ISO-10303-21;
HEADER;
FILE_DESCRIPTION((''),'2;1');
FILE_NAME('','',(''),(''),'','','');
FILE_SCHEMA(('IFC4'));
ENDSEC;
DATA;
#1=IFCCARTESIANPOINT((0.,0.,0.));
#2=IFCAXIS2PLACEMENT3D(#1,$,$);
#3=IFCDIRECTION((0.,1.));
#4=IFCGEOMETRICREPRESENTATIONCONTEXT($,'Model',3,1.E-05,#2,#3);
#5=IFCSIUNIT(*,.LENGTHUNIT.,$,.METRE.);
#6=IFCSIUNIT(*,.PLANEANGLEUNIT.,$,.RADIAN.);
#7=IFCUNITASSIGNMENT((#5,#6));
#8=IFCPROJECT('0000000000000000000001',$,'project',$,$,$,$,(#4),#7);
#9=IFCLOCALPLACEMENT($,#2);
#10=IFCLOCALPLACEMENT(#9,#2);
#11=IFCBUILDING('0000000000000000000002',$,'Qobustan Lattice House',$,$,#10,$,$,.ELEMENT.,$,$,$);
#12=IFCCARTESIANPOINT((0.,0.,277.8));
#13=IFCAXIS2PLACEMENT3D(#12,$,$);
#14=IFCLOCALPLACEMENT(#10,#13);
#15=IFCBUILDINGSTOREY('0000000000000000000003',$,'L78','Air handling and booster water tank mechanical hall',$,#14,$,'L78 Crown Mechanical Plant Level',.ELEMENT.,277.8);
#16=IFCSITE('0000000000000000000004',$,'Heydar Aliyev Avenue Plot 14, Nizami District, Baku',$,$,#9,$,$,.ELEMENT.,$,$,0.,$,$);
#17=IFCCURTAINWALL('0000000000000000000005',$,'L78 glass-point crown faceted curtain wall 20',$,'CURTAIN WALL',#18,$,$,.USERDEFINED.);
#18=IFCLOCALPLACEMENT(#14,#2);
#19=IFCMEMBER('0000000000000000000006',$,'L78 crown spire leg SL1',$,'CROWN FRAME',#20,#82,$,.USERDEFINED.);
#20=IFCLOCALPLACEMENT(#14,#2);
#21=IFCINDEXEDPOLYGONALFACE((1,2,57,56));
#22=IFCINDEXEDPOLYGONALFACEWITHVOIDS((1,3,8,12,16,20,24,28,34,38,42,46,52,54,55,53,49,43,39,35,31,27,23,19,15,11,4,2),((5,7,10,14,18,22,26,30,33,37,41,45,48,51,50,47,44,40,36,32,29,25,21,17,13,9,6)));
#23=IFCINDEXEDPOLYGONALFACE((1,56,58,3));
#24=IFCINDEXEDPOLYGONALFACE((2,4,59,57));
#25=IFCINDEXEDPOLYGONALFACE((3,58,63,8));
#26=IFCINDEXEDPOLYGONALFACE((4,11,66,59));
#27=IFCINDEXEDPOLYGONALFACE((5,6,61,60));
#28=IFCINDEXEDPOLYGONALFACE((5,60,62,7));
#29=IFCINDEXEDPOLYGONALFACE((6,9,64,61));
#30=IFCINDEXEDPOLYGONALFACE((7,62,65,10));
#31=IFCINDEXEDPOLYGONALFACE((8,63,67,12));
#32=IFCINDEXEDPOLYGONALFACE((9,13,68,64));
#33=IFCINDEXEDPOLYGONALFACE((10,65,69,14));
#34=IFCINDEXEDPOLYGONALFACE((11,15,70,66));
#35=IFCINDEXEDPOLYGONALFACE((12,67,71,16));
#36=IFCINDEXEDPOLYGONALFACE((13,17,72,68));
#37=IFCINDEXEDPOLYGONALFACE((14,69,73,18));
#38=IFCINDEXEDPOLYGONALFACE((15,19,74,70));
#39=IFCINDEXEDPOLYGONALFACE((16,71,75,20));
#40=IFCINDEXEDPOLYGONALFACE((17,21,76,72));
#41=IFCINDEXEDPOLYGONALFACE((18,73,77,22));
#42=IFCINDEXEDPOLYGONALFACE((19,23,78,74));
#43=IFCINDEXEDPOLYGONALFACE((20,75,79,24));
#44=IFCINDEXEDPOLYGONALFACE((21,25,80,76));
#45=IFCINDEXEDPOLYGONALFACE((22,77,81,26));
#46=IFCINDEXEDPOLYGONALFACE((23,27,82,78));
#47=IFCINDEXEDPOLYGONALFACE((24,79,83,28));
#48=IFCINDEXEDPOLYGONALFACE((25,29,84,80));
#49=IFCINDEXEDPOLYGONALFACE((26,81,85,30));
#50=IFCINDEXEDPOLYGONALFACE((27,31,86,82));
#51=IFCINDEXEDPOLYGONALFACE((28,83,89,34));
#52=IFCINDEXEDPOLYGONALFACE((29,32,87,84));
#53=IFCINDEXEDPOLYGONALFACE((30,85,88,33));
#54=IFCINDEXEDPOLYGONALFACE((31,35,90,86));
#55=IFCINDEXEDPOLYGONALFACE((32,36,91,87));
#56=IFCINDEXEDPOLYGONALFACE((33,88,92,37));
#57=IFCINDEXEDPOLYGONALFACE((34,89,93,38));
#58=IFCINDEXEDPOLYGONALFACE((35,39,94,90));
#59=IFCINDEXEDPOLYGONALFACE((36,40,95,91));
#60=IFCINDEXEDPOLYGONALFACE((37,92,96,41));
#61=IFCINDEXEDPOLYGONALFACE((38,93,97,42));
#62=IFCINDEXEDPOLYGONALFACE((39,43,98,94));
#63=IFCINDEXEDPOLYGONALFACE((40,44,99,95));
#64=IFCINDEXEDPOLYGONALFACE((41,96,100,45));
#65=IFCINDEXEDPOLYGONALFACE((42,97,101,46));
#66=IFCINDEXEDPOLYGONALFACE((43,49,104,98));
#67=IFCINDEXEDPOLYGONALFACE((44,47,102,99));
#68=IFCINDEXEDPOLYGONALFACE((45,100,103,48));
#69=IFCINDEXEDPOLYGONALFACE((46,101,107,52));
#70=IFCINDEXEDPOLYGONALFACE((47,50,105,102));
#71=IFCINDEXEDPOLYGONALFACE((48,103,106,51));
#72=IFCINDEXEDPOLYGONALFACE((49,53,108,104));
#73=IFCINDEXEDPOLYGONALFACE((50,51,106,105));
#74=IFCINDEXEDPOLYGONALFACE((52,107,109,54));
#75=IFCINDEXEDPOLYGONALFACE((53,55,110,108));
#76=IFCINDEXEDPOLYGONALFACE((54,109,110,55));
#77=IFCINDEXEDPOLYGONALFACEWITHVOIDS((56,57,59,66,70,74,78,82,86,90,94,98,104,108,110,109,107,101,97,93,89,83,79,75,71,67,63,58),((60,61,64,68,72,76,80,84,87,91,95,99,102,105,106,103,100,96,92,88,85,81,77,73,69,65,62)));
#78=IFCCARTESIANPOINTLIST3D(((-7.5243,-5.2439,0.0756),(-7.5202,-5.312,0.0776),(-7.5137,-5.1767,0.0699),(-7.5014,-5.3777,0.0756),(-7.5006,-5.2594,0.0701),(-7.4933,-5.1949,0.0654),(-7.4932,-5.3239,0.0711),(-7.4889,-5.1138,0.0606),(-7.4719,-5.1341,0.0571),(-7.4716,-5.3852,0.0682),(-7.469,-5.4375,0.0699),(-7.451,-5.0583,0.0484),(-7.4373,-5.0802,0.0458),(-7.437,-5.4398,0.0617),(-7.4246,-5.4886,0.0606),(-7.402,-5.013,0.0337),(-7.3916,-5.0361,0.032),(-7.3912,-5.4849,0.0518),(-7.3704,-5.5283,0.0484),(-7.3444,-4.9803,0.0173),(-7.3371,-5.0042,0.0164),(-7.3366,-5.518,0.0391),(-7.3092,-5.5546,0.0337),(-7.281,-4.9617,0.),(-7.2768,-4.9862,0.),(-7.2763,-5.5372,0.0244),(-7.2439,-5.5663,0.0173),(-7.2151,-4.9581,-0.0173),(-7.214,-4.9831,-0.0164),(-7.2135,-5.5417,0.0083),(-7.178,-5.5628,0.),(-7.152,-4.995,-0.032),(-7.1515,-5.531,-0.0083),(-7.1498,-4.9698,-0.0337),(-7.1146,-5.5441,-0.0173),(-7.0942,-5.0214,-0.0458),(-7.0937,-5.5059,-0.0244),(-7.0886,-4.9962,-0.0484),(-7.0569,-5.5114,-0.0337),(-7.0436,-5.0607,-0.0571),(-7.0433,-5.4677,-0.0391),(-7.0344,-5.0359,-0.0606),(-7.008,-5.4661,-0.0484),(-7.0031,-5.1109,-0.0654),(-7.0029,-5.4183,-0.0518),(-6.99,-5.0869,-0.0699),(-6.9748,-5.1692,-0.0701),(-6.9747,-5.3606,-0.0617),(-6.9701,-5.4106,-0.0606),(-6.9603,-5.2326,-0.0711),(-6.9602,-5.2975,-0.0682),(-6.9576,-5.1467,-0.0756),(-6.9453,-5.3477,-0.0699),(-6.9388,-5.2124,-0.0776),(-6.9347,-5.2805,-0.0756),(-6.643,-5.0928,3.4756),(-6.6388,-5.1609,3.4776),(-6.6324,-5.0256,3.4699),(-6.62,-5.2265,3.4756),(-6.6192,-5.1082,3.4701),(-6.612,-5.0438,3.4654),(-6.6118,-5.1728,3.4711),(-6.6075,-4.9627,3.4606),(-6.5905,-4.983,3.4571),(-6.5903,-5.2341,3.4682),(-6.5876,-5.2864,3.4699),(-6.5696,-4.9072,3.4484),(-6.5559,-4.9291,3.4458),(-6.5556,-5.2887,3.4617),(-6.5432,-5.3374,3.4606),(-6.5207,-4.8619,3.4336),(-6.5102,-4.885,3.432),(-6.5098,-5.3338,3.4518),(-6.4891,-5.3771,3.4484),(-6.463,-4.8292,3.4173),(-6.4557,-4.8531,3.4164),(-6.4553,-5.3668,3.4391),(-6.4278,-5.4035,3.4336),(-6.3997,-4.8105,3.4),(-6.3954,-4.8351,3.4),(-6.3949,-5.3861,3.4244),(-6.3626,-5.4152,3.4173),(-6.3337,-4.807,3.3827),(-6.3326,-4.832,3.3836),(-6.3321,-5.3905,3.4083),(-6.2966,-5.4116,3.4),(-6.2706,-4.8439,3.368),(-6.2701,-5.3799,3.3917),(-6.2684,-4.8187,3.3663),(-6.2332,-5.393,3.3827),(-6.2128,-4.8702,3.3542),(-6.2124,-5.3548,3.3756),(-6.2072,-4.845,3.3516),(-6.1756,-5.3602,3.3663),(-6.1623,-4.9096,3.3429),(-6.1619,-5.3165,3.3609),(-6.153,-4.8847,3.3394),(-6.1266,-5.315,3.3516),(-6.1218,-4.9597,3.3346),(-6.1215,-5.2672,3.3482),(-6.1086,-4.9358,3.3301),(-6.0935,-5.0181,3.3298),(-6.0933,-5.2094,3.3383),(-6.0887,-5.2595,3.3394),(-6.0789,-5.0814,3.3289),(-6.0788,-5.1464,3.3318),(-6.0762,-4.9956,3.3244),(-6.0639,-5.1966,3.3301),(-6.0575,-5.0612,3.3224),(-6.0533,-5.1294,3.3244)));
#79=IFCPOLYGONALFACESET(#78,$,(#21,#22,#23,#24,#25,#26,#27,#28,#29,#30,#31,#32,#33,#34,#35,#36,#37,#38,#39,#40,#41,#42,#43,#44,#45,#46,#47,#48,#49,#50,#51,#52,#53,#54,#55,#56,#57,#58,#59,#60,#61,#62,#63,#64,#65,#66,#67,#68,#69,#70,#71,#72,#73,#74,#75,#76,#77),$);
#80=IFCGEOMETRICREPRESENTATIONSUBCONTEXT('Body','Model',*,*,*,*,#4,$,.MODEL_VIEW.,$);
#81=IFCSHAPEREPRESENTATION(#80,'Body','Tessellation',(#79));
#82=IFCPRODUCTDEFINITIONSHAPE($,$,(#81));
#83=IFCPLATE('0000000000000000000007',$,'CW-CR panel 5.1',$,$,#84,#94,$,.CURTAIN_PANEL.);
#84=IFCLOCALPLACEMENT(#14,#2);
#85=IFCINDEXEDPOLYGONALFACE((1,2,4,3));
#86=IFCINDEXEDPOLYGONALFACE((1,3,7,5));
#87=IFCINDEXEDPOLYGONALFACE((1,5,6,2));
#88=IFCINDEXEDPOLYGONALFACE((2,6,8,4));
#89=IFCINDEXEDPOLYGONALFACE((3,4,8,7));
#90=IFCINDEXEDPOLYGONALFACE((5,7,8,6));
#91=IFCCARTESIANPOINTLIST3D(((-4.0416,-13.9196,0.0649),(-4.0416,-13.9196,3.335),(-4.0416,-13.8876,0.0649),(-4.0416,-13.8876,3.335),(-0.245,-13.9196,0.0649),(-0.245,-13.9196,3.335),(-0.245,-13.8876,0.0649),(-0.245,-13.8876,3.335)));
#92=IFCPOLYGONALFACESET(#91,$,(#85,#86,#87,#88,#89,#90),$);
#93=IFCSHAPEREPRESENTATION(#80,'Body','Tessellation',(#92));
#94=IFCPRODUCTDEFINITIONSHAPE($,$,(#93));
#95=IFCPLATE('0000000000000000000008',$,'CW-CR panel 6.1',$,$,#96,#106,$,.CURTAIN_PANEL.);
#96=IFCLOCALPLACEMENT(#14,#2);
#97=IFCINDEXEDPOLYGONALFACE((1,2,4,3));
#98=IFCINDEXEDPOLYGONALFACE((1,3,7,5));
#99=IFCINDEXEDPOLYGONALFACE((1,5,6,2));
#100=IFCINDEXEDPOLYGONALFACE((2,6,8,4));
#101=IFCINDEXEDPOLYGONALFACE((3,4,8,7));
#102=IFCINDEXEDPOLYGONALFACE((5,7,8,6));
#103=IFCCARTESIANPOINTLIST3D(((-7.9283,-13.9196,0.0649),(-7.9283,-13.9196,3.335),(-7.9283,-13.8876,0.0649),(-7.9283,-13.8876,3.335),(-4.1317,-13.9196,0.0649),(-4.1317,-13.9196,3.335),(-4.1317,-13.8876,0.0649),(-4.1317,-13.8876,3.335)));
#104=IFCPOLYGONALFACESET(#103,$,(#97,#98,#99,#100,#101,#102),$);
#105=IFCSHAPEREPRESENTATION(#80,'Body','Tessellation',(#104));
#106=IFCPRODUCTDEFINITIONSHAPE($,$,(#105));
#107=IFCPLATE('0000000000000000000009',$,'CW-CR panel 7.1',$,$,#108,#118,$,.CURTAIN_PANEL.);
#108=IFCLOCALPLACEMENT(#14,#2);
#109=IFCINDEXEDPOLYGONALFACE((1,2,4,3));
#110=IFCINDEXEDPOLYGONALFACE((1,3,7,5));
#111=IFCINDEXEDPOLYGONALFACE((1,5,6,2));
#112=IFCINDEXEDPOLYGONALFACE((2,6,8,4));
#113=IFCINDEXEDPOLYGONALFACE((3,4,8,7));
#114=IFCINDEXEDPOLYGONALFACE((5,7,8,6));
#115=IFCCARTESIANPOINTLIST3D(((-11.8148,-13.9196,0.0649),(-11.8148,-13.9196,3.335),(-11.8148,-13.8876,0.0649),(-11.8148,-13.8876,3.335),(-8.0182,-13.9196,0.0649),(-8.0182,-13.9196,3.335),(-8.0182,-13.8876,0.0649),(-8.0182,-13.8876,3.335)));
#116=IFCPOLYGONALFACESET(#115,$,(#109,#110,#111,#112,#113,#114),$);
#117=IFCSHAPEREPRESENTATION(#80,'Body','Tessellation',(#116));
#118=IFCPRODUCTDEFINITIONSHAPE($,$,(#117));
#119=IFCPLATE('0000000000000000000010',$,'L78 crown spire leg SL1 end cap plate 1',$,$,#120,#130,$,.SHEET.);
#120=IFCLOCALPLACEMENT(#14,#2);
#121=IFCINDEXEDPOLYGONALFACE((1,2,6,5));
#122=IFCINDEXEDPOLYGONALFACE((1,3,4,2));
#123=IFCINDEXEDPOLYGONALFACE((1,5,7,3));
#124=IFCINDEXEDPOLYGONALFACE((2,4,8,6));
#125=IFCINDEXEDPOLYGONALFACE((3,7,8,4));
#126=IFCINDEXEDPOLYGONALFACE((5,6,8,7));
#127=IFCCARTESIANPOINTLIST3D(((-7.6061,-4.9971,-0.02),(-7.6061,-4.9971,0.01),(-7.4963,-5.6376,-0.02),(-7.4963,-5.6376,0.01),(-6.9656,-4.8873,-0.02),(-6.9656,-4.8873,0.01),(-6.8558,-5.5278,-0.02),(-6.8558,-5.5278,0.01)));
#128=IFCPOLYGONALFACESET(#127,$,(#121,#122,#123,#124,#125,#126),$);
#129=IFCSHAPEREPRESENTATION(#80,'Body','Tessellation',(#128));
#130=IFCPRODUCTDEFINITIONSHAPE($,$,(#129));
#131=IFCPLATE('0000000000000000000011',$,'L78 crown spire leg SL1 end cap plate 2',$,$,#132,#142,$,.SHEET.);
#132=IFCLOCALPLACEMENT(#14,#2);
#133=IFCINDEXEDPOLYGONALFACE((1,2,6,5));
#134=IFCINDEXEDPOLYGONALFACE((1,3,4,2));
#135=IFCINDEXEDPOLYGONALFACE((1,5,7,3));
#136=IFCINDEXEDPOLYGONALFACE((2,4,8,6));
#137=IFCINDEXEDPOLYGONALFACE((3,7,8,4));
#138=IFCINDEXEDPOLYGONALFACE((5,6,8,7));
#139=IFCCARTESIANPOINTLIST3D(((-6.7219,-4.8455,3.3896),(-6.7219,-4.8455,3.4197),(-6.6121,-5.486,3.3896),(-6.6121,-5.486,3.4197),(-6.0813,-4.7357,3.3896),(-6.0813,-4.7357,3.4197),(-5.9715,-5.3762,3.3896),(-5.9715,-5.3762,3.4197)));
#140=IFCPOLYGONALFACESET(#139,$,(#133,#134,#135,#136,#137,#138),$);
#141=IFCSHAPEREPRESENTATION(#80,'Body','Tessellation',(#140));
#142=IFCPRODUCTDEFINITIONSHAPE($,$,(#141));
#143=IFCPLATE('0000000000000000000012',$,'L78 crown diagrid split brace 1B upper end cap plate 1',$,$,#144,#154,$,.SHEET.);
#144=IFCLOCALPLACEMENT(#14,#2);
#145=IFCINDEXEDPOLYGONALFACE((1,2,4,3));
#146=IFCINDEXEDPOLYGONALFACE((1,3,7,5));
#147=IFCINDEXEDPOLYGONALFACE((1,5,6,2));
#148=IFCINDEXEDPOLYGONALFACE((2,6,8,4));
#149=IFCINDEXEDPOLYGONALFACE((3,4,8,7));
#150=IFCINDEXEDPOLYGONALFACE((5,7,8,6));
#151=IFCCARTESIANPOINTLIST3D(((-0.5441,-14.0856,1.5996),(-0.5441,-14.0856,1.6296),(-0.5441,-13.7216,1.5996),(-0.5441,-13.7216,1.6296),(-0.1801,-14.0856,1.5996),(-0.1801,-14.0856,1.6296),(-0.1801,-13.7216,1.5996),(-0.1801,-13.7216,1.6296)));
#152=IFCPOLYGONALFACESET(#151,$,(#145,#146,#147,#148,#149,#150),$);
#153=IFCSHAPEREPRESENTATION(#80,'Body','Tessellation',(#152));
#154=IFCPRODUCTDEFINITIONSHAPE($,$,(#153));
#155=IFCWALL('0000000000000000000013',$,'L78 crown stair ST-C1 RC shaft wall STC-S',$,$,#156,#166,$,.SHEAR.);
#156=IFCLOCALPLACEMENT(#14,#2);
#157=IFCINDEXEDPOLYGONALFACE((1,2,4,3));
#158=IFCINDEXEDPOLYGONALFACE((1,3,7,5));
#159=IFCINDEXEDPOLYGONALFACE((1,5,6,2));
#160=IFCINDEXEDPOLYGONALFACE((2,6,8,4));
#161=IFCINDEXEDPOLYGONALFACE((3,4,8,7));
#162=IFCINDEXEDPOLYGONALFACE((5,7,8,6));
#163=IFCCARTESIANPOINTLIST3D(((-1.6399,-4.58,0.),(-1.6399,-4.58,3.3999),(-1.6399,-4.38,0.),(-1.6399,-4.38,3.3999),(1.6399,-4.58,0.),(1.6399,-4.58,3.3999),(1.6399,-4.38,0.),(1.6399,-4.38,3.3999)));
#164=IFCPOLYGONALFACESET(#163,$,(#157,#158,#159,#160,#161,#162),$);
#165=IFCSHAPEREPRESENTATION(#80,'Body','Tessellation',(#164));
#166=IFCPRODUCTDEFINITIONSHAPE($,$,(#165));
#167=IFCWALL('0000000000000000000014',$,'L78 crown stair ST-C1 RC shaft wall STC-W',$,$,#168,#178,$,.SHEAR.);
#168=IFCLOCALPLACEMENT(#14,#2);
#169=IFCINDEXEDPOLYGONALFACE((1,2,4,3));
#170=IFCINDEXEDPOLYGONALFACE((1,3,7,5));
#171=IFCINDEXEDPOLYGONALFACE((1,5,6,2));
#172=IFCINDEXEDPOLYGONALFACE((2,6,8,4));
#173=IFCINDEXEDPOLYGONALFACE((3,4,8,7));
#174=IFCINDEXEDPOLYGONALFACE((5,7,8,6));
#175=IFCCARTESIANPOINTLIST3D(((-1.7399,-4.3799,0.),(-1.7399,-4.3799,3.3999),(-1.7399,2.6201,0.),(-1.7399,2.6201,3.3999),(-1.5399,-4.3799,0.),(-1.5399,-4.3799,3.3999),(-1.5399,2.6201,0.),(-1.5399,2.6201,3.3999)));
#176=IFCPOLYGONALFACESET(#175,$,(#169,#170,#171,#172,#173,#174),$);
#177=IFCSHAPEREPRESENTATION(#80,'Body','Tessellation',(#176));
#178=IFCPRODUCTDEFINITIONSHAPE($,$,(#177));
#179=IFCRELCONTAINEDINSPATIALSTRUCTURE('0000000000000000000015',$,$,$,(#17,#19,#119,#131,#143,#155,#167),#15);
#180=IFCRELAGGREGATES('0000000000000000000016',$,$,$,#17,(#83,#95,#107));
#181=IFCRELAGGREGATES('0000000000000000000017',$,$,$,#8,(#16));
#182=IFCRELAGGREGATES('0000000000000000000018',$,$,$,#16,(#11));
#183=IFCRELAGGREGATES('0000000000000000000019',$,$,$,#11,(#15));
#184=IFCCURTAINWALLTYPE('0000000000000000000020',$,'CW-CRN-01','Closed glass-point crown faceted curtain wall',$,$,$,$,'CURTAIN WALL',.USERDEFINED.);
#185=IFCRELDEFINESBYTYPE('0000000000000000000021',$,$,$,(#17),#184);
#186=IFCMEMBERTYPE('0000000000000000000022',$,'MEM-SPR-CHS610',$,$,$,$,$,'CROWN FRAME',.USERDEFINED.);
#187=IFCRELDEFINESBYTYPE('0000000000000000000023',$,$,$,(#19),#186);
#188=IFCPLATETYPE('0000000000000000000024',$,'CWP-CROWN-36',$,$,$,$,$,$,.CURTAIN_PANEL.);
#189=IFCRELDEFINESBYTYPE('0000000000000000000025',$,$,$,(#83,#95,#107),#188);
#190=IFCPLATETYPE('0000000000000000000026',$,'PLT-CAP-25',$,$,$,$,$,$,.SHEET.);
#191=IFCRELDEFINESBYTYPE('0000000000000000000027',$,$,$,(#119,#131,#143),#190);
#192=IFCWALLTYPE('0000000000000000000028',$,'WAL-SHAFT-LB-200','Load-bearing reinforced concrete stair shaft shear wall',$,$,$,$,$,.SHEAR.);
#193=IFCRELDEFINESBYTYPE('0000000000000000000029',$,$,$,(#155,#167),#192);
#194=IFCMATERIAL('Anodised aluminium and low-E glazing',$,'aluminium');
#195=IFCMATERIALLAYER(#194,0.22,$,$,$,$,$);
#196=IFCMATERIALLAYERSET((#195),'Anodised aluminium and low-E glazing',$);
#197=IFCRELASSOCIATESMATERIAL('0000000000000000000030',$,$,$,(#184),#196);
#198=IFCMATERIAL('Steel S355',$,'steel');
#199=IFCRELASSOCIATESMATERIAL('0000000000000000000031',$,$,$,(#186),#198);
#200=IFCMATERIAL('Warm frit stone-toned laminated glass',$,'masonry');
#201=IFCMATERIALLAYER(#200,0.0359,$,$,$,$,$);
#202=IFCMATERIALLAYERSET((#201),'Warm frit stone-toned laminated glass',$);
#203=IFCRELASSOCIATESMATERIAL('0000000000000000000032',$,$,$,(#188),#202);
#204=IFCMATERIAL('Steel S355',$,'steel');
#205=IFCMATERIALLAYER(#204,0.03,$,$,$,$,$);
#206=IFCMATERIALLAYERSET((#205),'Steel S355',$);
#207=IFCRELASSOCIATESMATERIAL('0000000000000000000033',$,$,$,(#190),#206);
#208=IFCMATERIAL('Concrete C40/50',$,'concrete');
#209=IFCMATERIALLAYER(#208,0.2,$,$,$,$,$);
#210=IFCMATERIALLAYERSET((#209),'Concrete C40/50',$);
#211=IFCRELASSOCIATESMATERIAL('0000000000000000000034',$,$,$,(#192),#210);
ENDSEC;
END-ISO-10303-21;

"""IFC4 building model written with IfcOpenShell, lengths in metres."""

from ifc_helpers import new_model, si_unit, direction, frame, frame_2d, origin, origin_2d, place, context, subcontext, project, spatial, rectangle, hollow_circle, extrude, material, layer, layer_set, material_profile, profile_set, type_object, element, aggregate, save


model = new_model("IFC4")

# Units and contexts
model_context = context("Model", 3, precision=1e-05, world=origin(), true_north=direction((0.0, 1.0)))
body_context = subcontext(model_context, "Body", "Model", "MODEL_VIEW")
ifc_project = project(units=[si_unit("LENGTHUNIT", "METRE"), si_unit("PLANEANGLEUNIT", "RADIAN")], contexts=[model_context])

# Site, building, storey
site_placement = place(None, origin())
site = spatial("IfcSite", under=ifc_project, at=site_placement, Name="Heydar Aliyev Avenue Plot 14, Nizami District, Baku", CompositionType="ELEMENT", RefElevation=0.0)
building_placement = place(site_placement, origin())
building = spatial("IfcBuilding", under=site, at=building_placement, Name="Qobustan Lattice House", CompositionType="ELEMENT")
storey_placement = place(building_placement, frame((0.0, 0.0, 277.8)))
storey = spatial("IfcBuildingStorey", under=building, at=storey_placement, Name="L78", Description="Air handling and booster water tank mechanical hall", LongName="L78 Crown Mechanical Plant Level", CompositionType="ELEMENT", Elevation=277.8)

# Curtain wall
ifc_material_1 = material(Name="Anodised aluminium and low-E glazing", Category="aluminium")
ifc_layer_1 = layer(ifc_material_1, 0.22)
ifc_layer_set_1 = layer_set([ifc_layer_1], Name="Anodised aluminium and low-E glazing")
curtain_wall_type = type_object("IfcCurtainWallType", Name="CW-CRN-01", Description="Closed glass-point crown faceted curtain wall", ElementType="CURTAIN WALL", PredefinedType="USERDEFINED", material=ifc_layer_set_1)
curtain_wall_placement = place(storey_placement, origin())
curtain_wall = element("IfcCurtainWall", 1, at=curtain_wall_placement, inside=storey, type_object=curtain_wall_type, Name="L78 glass-point crown faceted curtain wall 20", ObjectType="CURTAIN WALL", PredefinedType="USERDEFINED")

# Member
ifc_material_2 = material(Name="Steel S355", Category="steel")
ifc_material_profile_1 = material_profile(ifc_material_2, hollow_circle(Radius=0.3049, WallThickness=0.0249, at=origin_2d()), Name="CHS610x25")
ifc_profile_set_1 = profile_set([ifc_material_profile_1], Name="Steel S355")
member_type_1 = type_object("IfcMemberType", Name="MEM-SPR-CHS610", ElementType="CROWN FRAME", PredefinedType="USERDEFINED", material=ifc_profile_set_1)
member_1_placement = place(storey_placement, frame((-7.2295, -5.2622, 0.0), z_axis=(0.250701, 0.042987, 0.96711), x_axis=(-0.169002, 0.985616, 0.0)))
element("IfcMember", 2, at=member_1_placement, inside=storey, type_object=member_type_1, Name="L78 crown spire leg SL1", ObjectType="CROWN FRAME", PredefinedType="USERDEFINED", context=body_context, shape_type="SweptSolid", body=[
    extrude(hollow_circle(Radius=0.3049, WallThickness=0.0249, at=origin_2d()), origin(), (0.0, 0.0, 1.0), 3.5156),
])

# Plates
ifc_material_3 = material(Name="Warm frit stone-toned laminated glass", Category="masonry")
ifc_layer_2 = layer(ifc_material_3, 0.0359)
ifc_layer_set_2 = layer_set([ifc_layer_2], Name="Warm frit stone-toned laminated glass")
plate_type_1 = type_object("IfcPlateType", Name="CWP-CROWN-36", PredefinedType="CURTAIN_PANEL", material=ifc_layer_set_2)
plate_1_placement = place(storey_placement, frame((-2.1433, -13.9036, 0.0649), z_axis=(0.0, 0.0, 1.0), x_axis=(-1.0, 0.0, 0.0)))
plate_1 = element("IfcPlate", 3, at=plate_1_placement, type_object=plate_type_1, Name="CW-CR panel 5.1", PredefinedType="CURTAIN_PANEL", context=body_context, shape_type="SweptSolid", body=[
    extrude(rectangle(XDim=3.7966, YDim=0.032, at=origin_2d()), origin(), (0.0, 0.0, 1.0), 3.27),
])
plate_2_placement = place(storey_placement, frame((-6.03, -13.9036, 0.0649), z_axis=(0.0, 0.0, 1.0), x_axis=(-1.0, 0.0, 0.0)))
plate_2 = element("IfcPlate", 4, at=plate_2_placement, type_object=plate_type_1, Name="CW-CR panel 6.1", PredefinedType="CURTAIN_PANEL", context=body_context, shape_type="SweptSolid", body=[
    extrude(rectangle(XDim=3.7966, YDim=0.032, at=origin_2d()), origin(), (0.0, 0.0, 1.0), 3.27),
])
plate_3_placement = place(storey_placement, frame((-9.9165, -13.9036, 0.0649), z_axis=(0.0, 0.0, 1.0), x_axis=(-1.0, 0.0, 0.0)))
plate_3 = element("IfcPlate", 5, at=plate_3_placement, type_object=plate_type_1, Name="CW-CR panel 7.1", PredefinedType="CURTAIN_PANEL", context=body_context, shape_type="SweptSolid", body=[
    extrude(rectangle(XDim=3.7966, YDim=0.032, at=origin_2d()), origin(), (0.0, 0.0, 1.0), 3.27),
])
aggregate(curtain_wall, [plate_1, plate_2, plate_3])

# Plates
ifc_material_4 = material(Name="Steel S355", Category="steel")
ifc_layer_3 = layer(ifc_material_4, 0.03)
ifc_layer_set_3 = layer_set([ifc_layer_3], Name="Steel S355")
plate_type_2 = type_object("IfcPlateType", Name="PLT-CAP-25", PredefinedType="SHEET", material=ifc_layer_set_3)
for number, where, z_axis, x_axis, name in (
    (6, (-7.231, -5.2625, -0.02), (0.0, 0.0, 1.0), (0.985624, 0.168954, 0.0), "L78 crown spire leg SL1 end cap plate 1"),
    (7, (-6.3467, -5.1108, 3.3896), (0.0, 0.0, 1.0), (0.985624, 0.168954, 0.0), "L78 crown spire leg SL1 end cap plate 2"),
):
    element("IfcPlate", number, at=place(storey_placement, frame(where, z_axis=z_axis, x_axis=x_axis)), inside=storey, type_object=plate_type_2, Name=name, PredefinedType="SHEET", context=body_context, shape_type="SweptSolid", body=[
        extrude(rectangle(XDim=0.6499, YDim=0.6499, at=origin_2d()), origin(), (0.0, 0.0, 1.0), 0.03),
    ])
plate_4_placement = place(storey_placement, frame((-0.3621, -13.9036, 1.5996), z_axis=(0.0, 0.0, 1.0), x_axis=(-1.0, 0.0, 0.0)))
element("IfcPlate", 8, at=plate_4_placement, inside=storey, type_object=plate_type_2, Name="L78 crown diagrid split brace 1B upper end cap plate 1", PredefinedType="SHEET", context=body_context, shape_type="SweptSolid", body=[
    extrude(rectangle(XDim=0.364, YDim=0.364, at=origin_2d()), origin(), (0.0, 0.0, 1.0), 0.03),
])

# Walls
ifc_material_5 = material(Name="Concrete C40/50", Category="concrete")
ifc_layer_4 = layer(ifc_material_5, 0.2)
ifc_layer_set_4 = layer_set([ifc_layer_4], Name="Concrete C40/50")
wall_type = type_object("IfcWallType", Name="WAL-SHAFT-LB-200", Description="Load-bearing reinforced concrete stair shaft shear wall", PredefinedType="SHEAR", material=ifc_layer_set_4)
wall_1_placement = place(storey_placement, frame((-1.6399, -4.48, 0.0), z_axis=(0.0, 0.0, 1.0), x_axis=(1.0, 0.0, 0.0)))
element("IfcWall", 9, at=wall_1_placement, inside=storey, type_object=wall_type, Name="L78 crown stair ST-C1 RC shaft wall STC-S", PredefinedType="SHEAR", context=body_context, shape_type="SweptSolid", body=[
    extrude(rectangle(XDim=3.2798, YDim=0.2, at=frame_2d((1.6399, 0.0))), origin(), (0.0, 0.0, 1.0), 3.3999),
])
wall_2_placement = place(storey_placement, frame((-1.6399, -4.3799, 0.0), z_axis=(0.0, 0.0, 1.0), x_axis=(0.0, 1.0, 0.0)))
element("IfcWall", 10, at=wall_2_placement, inside=storey, type_object=wall_type, Name="L78 crown stair ST-C1 RC shaft wall STC-W", PredefinedType="SHEAR", context=body_context, shape_type="SweptSolid", body=[
    extrude(rectangle(XDim=7.0, YDim=0.2, at=frame_2d((3.5, 0.0))), origin(), (0.0, 0.0, 1.0), 3.3999),
])

save(model, "model.ifc")
